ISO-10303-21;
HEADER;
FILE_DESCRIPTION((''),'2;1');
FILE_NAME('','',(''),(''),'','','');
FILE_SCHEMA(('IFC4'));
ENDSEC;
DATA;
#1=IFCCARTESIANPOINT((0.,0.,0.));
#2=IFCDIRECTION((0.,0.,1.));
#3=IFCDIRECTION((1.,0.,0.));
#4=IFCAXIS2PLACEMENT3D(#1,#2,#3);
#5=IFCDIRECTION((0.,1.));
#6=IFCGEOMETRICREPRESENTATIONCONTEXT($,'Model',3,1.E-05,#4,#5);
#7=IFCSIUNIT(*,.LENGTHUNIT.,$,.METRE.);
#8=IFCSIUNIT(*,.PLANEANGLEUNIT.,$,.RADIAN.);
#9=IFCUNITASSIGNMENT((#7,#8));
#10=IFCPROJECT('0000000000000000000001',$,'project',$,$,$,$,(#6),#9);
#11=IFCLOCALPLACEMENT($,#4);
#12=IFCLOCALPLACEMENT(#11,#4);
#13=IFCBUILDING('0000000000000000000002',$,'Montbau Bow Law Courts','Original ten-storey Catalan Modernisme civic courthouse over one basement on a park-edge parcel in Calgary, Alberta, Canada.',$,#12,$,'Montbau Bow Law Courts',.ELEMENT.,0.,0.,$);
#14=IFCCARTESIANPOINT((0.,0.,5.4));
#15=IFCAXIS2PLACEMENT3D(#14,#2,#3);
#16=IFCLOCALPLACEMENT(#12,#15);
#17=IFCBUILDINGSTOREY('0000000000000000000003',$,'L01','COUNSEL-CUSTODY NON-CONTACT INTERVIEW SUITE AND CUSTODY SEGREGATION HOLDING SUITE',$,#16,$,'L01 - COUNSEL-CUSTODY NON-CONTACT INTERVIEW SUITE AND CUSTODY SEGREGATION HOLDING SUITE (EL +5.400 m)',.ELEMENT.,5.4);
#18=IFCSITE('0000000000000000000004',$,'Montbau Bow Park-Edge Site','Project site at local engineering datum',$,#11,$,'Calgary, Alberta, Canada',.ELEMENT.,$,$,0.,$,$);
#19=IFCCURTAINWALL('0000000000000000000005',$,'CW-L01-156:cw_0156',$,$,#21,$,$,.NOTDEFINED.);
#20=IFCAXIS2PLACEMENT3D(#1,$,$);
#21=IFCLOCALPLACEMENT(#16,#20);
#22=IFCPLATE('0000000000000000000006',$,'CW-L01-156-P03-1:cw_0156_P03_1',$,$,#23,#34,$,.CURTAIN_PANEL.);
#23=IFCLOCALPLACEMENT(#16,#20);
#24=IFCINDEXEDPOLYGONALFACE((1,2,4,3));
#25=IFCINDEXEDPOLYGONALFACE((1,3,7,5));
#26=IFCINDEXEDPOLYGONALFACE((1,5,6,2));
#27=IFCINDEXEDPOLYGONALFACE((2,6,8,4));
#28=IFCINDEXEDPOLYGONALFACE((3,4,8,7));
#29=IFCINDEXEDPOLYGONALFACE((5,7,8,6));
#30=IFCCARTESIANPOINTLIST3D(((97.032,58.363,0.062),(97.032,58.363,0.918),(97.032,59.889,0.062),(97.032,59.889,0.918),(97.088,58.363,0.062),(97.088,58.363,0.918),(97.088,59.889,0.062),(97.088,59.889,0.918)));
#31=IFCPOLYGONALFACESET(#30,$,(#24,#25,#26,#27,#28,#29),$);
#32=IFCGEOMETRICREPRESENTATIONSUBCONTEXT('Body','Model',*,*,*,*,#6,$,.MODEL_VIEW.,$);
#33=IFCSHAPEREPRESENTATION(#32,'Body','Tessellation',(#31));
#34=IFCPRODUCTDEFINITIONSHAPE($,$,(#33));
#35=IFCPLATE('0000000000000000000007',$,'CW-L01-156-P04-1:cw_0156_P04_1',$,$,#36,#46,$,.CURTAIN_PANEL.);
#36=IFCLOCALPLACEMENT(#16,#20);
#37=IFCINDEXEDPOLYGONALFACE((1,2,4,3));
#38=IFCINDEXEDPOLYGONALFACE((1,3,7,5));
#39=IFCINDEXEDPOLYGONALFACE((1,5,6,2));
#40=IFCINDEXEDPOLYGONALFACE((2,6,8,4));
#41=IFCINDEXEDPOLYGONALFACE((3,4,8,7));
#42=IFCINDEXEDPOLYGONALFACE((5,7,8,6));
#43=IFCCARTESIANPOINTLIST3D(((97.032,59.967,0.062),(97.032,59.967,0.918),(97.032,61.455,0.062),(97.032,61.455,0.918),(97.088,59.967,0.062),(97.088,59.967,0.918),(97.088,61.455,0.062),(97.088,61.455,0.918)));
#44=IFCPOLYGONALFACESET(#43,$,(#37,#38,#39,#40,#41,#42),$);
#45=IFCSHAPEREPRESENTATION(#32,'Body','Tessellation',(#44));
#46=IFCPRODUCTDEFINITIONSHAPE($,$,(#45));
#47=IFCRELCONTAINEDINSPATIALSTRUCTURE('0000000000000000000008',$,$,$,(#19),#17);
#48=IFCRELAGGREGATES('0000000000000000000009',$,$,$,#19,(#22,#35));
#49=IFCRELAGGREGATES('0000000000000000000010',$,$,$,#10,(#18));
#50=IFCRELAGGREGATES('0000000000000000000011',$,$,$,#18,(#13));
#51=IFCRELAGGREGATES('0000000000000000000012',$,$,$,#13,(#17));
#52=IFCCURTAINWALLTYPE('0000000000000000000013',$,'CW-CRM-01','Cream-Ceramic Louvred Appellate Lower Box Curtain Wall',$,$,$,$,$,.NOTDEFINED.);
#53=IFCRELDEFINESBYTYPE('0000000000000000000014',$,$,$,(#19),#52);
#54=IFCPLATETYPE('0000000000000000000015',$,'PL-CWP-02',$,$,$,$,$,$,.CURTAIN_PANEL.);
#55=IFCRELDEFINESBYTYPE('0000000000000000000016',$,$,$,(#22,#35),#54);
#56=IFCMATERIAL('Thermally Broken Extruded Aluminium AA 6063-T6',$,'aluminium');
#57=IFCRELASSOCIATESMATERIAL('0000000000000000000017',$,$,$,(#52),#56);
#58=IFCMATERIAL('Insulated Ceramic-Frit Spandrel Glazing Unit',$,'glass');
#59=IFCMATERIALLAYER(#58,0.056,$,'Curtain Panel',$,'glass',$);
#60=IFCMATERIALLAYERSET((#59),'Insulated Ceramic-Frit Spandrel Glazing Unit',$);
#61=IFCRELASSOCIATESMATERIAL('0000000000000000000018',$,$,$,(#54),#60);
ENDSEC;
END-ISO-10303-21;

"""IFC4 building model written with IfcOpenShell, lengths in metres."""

from ifc_helpers import new_model, si_unit, direction, frame, frame_2d, origin_with_axes, place, context, subcontext, project, spatial, rectangle, extrude, material, layer, layer_set, type_object, element, aggregate, save


model = new_model("IFC4")

# Units and contexts
model_context = context("Model", 3, precision=1e-05, world=origin_with_axes(), true_north=direction((0.0, 1.0)))
body_context = subcontext(model_context, "Body", "Model", "MODEL_VIEW")
ifc_project = project(units=[si_unit("LENGTHUNIT", "METRE"), si_unit("PLANEANGLEUNIT", "RADIAN")], contexts=[model_context])

# Site, building, storey
site_placement = place(None, origin_with_axes())
site = spatial("IfcSite", under=ifc_project, at=site_placement, Name="Montbau Bow Park-Edge Site", Description="Project site at local engineering datum", LongName="Calgary, Alberta, Canada", CompositionType="ELEMENT", RefElevation=0.0)
building_placement = place(site_placement, origin_with_axes())
building = spatial("IfcBuilding", under=site, at=building_placement, Name="Montbau Bow Law Courts", Description="Original ten-storey Catalan Modernisme civic courthouse over one basement on a park-edge parcel in Calgary, Alberta, Canada.", LongName="Montbau Bow Law Courts", CompositionType="ELEMENT", ElevationOfRefHeight=0.0, ElevationOfTerrain=0.0)
storey_placement = place(building_placement, frame((0.0, 0.0, 5.4), z_axis=(0.0, 0.0, 1.0), x_axis=(1.0, 0.0, 0.0)))
storey = spatial("IfcBuildingStorey", under=building, at=storey_placement, Name="L01", Description="COUNSEL-CUSTODY NON-CONTACT INTERVIEW SUITE AND CUSTODY SEGREGATION HOLDING SUITE", LongName="L01 - COUNSEL-CUSTODY NON-CONTACT INTERVIEW SUITE AND CUSTODY SEGREGATION HOLDING SUITE (EL +5.400 m)", CompositionType="ELEMENT", Elevation=5.4)

# Curtain wall
ifc_material_1 = material(Name="Thermally Broken Extruded Aluminium AA 6063-T6", Category="aluminium")
curtain_wall_type = type_object("IfcCurtainWallType", Name="CW-CRM-01", Description="Cream-Ceramic Louvred Appellate Lower Box Curtain Wall", PredefinedType="NOTDEFINED", material=ifc_material_1)
curtain_wall_1_placement = place(None, frame((97.06, 55.115, 5.4), z_axis=(0.0, 0.0, 1.0), x_axis=(1.0, 0.0, 0.0)))
curtain_wall_1 = element("IfcCurtainWall", 1, at=curtain_wall_1_placement, inside=storey, type_object=curtain_wall_type, Name="CW-L01-156:cw_0156", PredefinedType="NOTDEFINED")

# Plates
ifc_material_2 = material(Name="Insulated Ceramic-Frit Spandrel Glazing Unit", Category="glass")
ifc_layer_1 = layer(ifc_material_2, 0.056, Name="Curtain Panel", Category="glass")
ifc_layer_set_1 = layer_set([ifc_layer_1], Name="Insulated Ceramic-Frit Spandrel Glazing Unit")
plate_type_1 = type_object("IfcPlateType", Name="PL-CWP-02", PredefinedType="CURTAIN_PANEL", material=ifc_layer_set_1)
plate_1_placement = place(None, frame((97.06, 58.363, 5.462), z_axis=(1.0, 0.0, 0.0), x_axis=(0.0, 1.0, 0.0)))
plate_1 = element("IfcPlate", 2, at=plate_1_placement, type_object=plate_type_1, Name="CW-L01-156-P03-1:cw_0156_P03_1", PredefinedType="CURTAIN_PANEL", context=body_context, shape_type="SweptSolid", body=[
    extrude(rectangle(XDim=1.526, YDim=0.856, at=frame_2d((0.763, 0.428), x_axis=(1.0, 0.0))), frame((0.0, 0.0, -0.028), z_axis=(0.0, 0.0, 1.0), x_axis=(1.0, 0.0, 0.0)), (0.0, 0.0, 1.0), 0.056),
])
plate_2_placement = place(None, frame((97.06, 59.967, 5.462), z_axis=(1.0, 0.0, 0.0), x_axis=(0.0, 1.0, 0.0)))
plate_2 = element("IfcPlate", 3, at=plate_2_placement, type_object=plate_type_1, Name="CW-L01-156-P04-1:cw_0156_P04_1", PredefinedType="CURTAIN_PANEL", context=body_context, shape_type="SweptSolid", body=[
    extrude(rectangle(XDim=1.488, YDim=0.856, at=frame_2d((0.744, 0.428), x_axis=(1.0, 0.0))), frame((0.0, 0.0, -0.028), z_axis=(0.0, 0.0, 1.0), x_axis=(1.0, 0.0, 0.0)), (0.0, 0.0, 1.0), 0.056),
])
aggregate(curtain_wall_1, [plate_1, plate_2])

save(model, "model.ifc")
